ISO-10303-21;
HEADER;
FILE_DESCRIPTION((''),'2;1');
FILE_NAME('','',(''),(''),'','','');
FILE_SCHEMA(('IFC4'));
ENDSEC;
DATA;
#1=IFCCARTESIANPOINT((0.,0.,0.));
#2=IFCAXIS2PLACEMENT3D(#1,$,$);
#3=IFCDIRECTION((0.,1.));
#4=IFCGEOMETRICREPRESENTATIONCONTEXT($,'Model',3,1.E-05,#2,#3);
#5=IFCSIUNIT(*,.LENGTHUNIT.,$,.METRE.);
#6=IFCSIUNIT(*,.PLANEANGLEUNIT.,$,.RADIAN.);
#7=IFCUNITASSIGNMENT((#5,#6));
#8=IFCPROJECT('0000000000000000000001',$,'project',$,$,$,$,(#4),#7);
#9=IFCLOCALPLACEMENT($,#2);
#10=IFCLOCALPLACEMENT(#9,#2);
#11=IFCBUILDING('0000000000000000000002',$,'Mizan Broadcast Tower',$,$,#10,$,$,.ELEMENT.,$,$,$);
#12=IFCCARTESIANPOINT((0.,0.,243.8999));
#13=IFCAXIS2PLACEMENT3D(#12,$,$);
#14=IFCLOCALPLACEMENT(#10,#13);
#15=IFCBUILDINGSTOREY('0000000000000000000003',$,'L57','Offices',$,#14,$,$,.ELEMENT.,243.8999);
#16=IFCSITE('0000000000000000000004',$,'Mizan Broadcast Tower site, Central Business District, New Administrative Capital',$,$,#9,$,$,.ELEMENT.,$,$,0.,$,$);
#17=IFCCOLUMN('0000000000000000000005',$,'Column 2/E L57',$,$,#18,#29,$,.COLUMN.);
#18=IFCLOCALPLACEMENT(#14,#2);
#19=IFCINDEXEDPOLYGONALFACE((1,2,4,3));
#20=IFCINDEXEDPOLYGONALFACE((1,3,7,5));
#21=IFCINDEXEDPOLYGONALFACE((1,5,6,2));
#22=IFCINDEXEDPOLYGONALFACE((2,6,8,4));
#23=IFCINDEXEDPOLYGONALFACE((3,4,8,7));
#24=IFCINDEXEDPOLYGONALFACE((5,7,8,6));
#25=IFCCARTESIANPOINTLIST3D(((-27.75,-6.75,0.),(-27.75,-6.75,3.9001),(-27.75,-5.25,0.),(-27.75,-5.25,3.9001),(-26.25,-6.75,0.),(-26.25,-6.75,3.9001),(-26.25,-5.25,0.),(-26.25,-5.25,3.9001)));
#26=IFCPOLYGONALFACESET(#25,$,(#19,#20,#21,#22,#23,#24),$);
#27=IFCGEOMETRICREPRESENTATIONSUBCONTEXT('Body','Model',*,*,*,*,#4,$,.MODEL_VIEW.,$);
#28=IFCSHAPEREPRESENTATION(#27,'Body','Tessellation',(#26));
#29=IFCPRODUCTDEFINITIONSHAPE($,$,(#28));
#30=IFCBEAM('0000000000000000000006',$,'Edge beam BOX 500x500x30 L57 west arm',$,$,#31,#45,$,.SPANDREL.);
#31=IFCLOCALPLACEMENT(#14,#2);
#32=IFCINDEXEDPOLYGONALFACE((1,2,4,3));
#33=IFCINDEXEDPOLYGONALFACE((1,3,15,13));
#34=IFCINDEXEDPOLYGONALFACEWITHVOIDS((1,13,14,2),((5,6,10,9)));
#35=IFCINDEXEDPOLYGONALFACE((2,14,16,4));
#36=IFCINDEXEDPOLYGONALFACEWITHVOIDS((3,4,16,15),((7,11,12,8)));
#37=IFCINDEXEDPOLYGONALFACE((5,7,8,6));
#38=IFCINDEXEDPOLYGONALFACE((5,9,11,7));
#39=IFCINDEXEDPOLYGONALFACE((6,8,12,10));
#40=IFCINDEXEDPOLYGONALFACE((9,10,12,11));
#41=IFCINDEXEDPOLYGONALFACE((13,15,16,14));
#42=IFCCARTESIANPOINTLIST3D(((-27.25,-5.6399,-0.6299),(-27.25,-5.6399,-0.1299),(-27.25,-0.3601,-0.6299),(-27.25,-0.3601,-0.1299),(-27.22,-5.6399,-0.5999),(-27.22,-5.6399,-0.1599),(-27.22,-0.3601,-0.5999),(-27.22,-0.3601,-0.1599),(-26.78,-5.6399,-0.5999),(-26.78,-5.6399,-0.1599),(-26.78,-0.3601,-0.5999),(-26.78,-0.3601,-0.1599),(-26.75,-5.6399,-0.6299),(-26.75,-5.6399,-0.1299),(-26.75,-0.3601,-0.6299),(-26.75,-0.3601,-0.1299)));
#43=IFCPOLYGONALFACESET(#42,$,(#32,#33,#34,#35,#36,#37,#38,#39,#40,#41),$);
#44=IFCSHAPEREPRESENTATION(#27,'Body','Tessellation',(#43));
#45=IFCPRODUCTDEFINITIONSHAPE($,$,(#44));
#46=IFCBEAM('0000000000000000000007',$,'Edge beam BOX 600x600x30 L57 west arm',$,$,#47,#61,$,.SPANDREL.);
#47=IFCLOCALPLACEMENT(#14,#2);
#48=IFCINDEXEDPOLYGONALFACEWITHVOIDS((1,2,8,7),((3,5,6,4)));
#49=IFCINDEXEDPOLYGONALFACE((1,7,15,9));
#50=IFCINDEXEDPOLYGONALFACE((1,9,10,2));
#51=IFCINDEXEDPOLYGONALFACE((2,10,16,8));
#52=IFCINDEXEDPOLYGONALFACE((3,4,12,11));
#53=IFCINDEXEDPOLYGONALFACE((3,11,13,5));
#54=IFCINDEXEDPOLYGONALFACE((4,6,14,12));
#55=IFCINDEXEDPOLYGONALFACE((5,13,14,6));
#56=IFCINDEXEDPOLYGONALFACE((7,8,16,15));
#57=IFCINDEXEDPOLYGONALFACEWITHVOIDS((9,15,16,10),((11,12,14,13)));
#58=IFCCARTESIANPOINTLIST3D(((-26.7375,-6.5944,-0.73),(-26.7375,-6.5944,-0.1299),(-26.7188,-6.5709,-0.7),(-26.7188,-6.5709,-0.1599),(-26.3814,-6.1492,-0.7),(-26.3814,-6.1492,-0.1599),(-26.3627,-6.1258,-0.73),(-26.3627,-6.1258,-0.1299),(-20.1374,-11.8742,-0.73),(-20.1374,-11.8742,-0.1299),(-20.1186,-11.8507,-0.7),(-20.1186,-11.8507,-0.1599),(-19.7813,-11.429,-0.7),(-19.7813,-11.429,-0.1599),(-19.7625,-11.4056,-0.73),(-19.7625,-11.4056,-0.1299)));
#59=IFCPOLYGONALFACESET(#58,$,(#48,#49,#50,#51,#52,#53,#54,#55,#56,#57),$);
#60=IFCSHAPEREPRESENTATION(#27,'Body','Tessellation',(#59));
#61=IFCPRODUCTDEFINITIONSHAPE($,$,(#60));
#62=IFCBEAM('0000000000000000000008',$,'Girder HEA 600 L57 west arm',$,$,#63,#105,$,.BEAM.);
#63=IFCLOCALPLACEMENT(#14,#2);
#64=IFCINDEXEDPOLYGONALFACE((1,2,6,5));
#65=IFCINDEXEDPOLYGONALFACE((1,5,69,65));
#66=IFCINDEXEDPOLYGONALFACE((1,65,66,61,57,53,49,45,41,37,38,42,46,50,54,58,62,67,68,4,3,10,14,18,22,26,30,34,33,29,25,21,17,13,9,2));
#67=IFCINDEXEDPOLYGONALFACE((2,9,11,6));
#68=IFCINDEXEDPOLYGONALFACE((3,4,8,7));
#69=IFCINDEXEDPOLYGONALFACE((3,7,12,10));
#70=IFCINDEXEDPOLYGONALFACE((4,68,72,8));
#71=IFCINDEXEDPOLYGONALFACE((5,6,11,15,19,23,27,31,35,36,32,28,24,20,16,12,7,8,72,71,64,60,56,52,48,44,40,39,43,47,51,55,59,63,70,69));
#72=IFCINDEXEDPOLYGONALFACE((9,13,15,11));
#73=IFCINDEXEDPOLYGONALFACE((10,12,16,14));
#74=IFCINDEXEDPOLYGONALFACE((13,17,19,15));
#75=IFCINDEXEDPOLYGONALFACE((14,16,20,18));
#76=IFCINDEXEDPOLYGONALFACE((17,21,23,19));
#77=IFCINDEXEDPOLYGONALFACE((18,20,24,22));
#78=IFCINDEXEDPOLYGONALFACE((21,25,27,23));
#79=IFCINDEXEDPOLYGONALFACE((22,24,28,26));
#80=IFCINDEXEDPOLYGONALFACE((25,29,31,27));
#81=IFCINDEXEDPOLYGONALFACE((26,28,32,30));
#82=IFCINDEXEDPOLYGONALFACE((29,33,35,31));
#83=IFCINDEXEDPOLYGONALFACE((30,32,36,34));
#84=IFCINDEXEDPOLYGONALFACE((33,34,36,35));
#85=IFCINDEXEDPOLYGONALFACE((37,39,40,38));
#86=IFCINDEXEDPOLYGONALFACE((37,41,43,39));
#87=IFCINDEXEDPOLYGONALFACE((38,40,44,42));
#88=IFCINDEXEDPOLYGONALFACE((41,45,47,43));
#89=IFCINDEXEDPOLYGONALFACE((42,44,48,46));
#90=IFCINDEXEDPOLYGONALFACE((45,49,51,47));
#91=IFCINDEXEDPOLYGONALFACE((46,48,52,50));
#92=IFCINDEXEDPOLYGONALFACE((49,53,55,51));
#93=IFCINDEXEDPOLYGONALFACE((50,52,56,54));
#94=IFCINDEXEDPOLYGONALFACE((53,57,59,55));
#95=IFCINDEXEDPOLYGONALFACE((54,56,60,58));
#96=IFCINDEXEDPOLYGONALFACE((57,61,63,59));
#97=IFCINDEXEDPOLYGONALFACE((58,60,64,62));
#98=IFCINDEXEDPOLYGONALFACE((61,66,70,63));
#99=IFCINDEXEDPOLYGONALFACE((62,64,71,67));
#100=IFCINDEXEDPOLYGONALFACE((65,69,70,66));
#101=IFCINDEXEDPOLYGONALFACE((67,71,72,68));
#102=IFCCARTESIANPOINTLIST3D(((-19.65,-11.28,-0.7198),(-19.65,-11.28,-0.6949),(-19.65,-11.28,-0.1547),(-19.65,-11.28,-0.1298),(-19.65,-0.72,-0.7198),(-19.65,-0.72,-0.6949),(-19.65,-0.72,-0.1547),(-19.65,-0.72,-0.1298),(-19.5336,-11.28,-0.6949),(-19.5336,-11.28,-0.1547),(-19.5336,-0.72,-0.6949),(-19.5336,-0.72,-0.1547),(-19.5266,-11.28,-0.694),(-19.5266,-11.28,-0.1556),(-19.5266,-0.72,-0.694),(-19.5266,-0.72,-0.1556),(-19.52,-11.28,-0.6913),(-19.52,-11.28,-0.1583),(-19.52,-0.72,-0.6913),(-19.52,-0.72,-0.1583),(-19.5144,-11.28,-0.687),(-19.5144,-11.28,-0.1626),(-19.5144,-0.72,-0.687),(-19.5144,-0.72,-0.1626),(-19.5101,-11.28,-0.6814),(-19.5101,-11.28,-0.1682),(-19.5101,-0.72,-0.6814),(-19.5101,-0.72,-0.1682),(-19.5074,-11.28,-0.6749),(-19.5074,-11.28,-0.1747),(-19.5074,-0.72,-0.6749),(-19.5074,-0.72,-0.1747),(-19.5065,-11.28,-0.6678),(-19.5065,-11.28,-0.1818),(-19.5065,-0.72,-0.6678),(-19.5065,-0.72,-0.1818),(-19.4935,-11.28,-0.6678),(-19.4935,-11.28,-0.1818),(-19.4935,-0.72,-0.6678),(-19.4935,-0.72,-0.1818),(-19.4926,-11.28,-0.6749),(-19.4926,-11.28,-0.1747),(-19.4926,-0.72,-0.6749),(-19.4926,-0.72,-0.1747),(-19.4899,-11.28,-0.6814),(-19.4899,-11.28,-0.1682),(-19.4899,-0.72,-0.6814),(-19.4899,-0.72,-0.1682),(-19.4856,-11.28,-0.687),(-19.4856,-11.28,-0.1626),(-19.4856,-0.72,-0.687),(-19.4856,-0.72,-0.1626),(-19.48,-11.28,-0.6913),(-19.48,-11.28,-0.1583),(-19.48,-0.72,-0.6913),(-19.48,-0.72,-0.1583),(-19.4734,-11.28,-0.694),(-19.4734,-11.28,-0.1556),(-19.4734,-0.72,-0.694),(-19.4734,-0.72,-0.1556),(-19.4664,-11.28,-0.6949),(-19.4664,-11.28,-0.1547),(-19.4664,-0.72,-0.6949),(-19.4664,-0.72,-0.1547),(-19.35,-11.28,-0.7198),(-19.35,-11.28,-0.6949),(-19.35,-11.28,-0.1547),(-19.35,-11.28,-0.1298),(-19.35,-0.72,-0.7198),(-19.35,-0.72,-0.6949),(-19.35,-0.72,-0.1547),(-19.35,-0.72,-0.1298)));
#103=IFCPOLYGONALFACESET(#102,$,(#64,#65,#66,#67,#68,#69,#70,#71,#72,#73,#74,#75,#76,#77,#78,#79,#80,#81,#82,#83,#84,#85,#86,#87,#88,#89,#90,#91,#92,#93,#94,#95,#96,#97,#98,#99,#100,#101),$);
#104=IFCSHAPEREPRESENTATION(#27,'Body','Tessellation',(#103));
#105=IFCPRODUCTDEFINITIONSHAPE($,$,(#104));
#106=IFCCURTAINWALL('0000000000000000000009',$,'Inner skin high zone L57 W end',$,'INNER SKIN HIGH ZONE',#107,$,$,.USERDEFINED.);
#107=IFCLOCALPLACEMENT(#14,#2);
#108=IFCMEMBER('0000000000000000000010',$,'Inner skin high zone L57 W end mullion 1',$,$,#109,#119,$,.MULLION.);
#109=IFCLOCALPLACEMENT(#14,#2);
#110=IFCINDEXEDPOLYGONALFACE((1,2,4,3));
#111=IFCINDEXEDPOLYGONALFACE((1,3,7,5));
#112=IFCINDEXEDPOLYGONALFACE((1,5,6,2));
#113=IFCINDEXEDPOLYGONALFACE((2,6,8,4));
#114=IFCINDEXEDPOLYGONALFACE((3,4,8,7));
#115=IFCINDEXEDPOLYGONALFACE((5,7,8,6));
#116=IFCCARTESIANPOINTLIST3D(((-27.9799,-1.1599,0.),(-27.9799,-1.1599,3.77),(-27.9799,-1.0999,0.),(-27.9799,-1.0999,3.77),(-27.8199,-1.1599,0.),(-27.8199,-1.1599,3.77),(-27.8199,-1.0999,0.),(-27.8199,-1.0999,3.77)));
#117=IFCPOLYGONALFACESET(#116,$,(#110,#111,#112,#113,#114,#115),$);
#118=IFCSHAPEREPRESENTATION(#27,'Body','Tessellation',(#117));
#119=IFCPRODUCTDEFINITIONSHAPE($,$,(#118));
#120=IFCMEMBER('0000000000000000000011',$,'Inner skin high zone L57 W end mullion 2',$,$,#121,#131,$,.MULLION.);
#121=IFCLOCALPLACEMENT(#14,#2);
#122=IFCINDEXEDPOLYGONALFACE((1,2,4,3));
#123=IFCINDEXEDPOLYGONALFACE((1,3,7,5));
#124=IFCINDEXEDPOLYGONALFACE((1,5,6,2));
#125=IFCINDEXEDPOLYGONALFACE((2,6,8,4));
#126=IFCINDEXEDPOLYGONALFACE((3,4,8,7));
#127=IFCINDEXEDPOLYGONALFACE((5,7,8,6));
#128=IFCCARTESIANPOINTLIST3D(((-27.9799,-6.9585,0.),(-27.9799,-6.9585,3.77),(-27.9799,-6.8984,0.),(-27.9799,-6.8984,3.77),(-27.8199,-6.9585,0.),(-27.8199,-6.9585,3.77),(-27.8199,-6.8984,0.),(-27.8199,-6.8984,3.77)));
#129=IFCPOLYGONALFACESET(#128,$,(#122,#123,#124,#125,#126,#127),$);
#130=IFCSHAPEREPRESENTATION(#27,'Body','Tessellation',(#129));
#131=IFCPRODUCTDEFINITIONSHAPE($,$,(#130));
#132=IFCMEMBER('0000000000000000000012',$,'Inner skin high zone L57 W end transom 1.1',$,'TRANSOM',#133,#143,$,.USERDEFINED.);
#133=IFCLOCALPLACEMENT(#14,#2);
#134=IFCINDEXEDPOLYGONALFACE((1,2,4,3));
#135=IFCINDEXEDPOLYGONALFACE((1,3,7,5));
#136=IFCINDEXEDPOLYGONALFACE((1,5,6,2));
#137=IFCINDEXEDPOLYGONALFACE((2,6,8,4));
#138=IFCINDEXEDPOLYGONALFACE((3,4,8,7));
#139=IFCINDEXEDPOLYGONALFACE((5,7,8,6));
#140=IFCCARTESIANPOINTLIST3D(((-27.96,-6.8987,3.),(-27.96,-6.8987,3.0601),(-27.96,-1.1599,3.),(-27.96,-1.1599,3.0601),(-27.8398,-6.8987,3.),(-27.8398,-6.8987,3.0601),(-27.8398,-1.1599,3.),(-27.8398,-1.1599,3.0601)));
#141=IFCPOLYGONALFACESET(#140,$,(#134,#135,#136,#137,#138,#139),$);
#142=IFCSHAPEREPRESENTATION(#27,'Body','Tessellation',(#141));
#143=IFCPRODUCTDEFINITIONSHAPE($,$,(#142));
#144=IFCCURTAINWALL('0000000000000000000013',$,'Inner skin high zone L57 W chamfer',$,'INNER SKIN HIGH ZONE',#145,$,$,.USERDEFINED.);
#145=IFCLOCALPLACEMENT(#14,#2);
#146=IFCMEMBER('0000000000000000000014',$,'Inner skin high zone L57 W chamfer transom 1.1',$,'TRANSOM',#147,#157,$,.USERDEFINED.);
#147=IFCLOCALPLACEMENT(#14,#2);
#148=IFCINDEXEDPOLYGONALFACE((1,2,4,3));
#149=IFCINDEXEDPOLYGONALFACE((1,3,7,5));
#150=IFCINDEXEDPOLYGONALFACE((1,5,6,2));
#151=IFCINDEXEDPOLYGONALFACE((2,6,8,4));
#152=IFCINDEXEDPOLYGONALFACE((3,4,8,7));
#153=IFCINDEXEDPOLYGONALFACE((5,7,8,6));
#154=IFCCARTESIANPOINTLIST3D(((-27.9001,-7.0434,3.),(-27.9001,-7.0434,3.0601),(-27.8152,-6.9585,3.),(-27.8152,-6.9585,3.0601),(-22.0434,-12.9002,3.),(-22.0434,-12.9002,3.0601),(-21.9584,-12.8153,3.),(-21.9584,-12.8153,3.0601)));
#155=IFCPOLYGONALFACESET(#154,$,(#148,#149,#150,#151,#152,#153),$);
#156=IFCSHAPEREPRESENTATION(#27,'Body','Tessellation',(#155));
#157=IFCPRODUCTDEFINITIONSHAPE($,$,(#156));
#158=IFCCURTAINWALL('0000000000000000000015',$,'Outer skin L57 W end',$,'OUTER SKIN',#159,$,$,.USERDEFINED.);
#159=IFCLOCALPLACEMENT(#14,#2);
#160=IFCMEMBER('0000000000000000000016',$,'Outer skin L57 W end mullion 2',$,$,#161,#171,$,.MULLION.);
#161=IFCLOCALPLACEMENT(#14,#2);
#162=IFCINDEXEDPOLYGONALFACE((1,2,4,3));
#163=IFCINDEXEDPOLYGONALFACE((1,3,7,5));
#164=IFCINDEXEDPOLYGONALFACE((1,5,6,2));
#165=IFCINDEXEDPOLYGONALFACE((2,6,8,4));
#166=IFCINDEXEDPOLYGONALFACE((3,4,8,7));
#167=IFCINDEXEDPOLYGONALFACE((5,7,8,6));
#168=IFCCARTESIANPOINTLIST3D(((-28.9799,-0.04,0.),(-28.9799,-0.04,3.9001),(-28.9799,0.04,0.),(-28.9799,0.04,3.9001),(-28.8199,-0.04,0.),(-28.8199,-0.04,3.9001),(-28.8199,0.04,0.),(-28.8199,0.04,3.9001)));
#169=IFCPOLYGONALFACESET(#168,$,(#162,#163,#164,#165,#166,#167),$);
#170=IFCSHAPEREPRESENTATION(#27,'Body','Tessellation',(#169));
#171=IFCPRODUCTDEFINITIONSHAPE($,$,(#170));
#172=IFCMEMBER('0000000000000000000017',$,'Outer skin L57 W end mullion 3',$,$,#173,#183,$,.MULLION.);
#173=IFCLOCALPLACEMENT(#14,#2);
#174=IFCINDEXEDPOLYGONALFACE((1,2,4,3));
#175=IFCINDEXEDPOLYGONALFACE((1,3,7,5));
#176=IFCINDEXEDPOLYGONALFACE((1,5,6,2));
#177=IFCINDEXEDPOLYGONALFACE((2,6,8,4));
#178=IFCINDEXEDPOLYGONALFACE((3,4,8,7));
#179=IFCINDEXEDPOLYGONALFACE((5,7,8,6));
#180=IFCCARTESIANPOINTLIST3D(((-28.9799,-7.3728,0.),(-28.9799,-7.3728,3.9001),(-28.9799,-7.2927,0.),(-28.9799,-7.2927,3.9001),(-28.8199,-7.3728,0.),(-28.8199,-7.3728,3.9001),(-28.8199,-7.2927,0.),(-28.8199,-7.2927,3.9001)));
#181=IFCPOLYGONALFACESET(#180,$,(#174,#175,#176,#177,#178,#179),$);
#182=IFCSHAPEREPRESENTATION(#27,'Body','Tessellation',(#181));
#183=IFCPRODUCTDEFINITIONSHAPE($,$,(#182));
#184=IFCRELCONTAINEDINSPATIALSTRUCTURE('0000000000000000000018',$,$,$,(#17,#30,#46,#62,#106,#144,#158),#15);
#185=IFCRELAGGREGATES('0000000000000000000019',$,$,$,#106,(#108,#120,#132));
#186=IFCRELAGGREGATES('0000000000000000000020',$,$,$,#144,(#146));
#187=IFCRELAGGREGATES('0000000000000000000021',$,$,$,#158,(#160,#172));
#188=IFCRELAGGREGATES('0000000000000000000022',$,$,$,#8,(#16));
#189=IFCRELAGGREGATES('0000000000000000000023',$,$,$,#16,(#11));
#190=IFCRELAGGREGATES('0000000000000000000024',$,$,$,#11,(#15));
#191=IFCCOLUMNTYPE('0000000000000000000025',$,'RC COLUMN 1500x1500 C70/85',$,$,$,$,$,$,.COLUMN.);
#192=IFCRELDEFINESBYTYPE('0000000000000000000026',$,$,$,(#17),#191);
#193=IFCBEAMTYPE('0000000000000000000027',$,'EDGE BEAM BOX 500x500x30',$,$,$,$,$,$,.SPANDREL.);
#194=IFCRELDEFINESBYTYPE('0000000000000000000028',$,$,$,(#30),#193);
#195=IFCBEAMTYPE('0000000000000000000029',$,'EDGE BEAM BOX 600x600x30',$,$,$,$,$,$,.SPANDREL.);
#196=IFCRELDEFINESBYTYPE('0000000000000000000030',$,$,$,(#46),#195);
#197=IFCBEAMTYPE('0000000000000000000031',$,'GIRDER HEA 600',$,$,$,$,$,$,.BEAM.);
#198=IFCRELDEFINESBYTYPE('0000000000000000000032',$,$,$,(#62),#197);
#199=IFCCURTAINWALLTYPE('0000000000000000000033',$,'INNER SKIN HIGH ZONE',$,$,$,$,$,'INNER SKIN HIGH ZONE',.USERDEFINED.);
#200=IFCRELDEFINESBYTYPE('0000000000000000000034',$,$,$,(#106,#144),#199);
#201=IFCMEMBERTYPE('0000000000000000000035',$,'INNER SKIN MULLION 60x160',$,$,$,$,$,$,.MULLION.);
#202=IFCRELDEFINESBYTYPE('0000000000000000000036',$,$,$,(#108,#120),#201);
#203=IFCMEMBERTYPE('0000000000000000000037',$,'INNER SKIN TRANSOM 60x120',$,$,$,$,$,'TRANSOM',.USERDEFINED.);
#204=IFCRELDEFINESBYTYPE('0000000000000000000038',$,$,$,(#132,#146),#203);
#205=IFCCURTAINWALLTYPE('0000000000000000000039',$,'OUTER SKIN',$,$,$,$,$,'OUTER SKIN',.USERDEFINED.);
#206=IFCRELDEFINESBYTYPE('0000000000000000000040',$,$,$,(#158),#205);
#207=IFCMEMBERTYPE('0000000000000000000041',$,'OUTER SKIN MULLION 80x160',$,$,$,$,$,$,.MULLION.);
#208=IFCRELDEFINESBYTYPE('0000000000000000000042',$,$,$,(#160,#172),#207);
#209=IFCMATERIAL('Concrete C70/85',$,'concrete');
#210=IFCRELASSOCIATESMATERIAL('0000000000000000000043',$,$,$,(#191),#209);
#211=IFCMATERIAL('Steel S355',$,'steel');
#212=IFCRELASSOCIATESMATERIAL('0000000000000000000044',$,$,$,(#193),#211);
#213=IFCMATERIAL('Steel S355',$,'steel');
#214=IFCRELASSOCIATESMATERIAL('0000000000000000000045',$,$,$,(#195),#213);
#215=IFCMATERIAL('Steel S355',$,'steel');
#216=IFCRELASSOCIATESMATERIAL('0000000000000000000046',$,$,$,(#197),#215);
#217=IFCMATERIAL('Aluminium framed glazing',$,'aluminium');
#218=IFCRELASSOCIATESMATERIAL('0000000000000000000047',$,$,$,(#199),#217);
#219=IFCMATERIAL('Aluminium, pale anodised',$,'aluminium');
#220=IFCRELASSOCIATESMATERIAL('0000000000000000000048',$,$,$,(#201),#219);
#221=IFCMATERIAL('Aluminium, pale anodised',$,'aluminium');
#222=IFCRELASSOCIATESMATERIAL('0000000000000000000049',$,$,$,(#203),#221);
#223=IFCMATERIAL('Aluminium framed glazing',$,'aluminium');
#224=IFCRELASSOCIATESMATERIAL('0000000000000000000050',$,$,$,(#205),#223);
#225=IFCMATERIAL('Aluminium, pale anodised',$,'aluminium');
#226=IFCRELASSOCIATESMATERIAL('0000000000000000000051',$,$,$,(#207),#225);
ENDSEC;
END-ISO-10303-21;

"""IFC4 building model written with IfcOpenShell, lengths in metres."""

from ifc_helpers import new_model, si_unit, direction, frame, origin, origin_2d, place, context, subcontext, project, spatial, rectangle, hollow_rectangle, i_section, extrude, material, material_profile, profile_set, type_object, element, aggregate, save


model = new_model("IFC4")

# Units and contexts
model_context = context("Model", 3, precision=1e-05, world=origin(), true_north=direction((0.0, 1.0)))
body_context = subcontext(model_context, "Body", "Model", "MODEL_VIEW")
ifc_project = project(units=[si_unit("LENGTHUNIT", "METRE"), si_unit("PLANEANGLEUNIT", "RADIAN")], contexts=[model_context])

# Site, building, storey
site_placement = place(None, origin())
site = spatial("IfcSite", under=ifc_project, at=site_placement, Name="Mizan Broadcast Tower site, Central Business District, New Administrative Capital", CompositionType="ELEMENT", RefElevation=0.0)
building_placement = place(site_placement, origin())
building = spatial("IfcBuilding", under=site, at=building_placement, Name="Mizan Broadcast Tower", CompositionType="ELEMENT")
storey_placement = place(building_placement, frame((0.0, 0.0, 243.8999)))
storey = spatial("IfcBuildingStorey", under=building, at=storey_placement, Name="L57", Description="Offices", CompositionType="ELEMENT", Elevation=243.8999)

# Column
ifc_material_1 = material(Name="Concrete C70/85", Category="concrete")
ifc_material_profile_1 = material_profile(ifc_material_1, rectangle(XDim=1.5, YDim=1.5, at=origin_2d()), Name="RC 1500x1500")
ifc_profile_set_1 = profile_set([ifc_material_profile_1], Name="Concrete C70/85")
column_type = type_object("IfcColumnType", Name="RC COLUMN 1500x1500 C70/85", PredefinedType="COLUMN", material=ifc_profile_set_1)
column_placement = place(storey_placement, frame((-27.0, -6.0, 0.0), z_axis=(0.0, 0.0, 1.0), x_axis=(1.0, 0.0, 0.0)))
element("IfcColumn", 1, at=column_placement, inside=storey, type_object=column_type, Name="Column 2/E L57", PredefinedType="COLUMN", context=body_context, shape_type="SweptSolid", body=[
    extrude(rectangle(XDim=1.5, YDim=1.5, at=origin_2d()), origin(), (0.0, 0.0, 1.0), 3.9001),
])

# Beams
ifc_material_2 = material(Name="Steel S355", Category="steel")
ifc_material_profile_2 = material_profile(ifc_material_2, hollow_rectangle(XDim=0.5, YDim=0.5, WallThickness=0.03, at=origin_2d()), Name="BOX 500x500x30")
ifc_profile_set_2 = profile_set([ifc_material_profile_2], Name="Steel S355")
beam_type_1 = type_object("IfcBeamType", Name="EDGE BEAM BOX 500x500x30", PredefinedType="SPANDREL", material=ifc_profile_set_2)
beam_1_placement = place(storey_placement, frame((-27.0, -5.6399, -0.3799), z_axis=(0.0, 1.0, 0.0), x_axis=(-1.0, 0.0, 0.0)))
element("IfcBeam", 2, at=beam_1_placement, inside=storey, type_object=beam_type_1, Name="Edge beam BOX 500x500x30 L57 west arm", PredefinedType="SPANDREL", context=body_context, shape_type="SweptSolid", body=[
    extrude(hollow_rectangle(XDim=0.5, YDim=0.5, WallThickness=0.03, at=origin_2d()), origin(), (0.0, 0.0, 1.0), 5.2798),
])
ifc_material_3 = material(Name="Steel S355", Category="steel")
ifc_material_profile_3 = material_profile(ifc_material_3, hollow_rectangle(XDim=0.6001, YDim=0.6001, WallThickness=0.03, at=origin_2d()), Name="BOX 600x600x30")
ifc_profile_set_3 = profile_set([ifc_material_profile_3], Name="Steel S355")
beam_type_2 = type_object("IfcBeamType", Name="EDGE BEAM BOX 600x600x30", PredefinedType="SPANDREL", material=ifc_profile_set_3)
beam_2_placement = place(storey_placement, frame((-19.95, -11.6399, -0.4299), z_axis=(-0.780886, 0.624674, 0.0), x_axis=(-0.624674, -0.780886, 0.0)))
element("IfcBeam", 3, at=beam_2_placement, inside=storey, type_object=beam_type_2, Name="Edge beam BOX 600x600x30 L57 west arm", PredefinedType="SPANDREL", context=body_context, shape_type="SweptSolid", body=[
    extrude(hollow_rectangle(XDim=0.6001, YDim=0.6001, WallThickness=0.03, at=origin_2d()), origin(), (0.0, 0.0, 1.0), 8.4521),
])
ifc_material_4 = material(Name="Steel S355", Category="steel")
ifc_material_profile_4 = material_profile(ifc_material_4, i_section(OverallWidth=0.3, OverallDepth=0.5901, WebThickness=0.0129, FlangeThickness=0.0249, FilletRadius=0.0271, at=origin_2d()), Name="HEA 600")
ifc_profile_set_4 = profile_set([ifc_material_profile_4], Name="Steel S355")
beam_type_3 = type_object("IfcBeamType", Name="GIRDER HEA 600", PredefinedType="BEAM", material=ifc_profile_set_4)
beam_3_placement = place(storey_placement, frame((-19.5, -11.28, -0.4248), z_axis=(0.0, 1.0, 0.0), x_axis=(-1.0, 0.0, 0.0)))
element("IfcBeam", 4, at=beam_3_placement, inside=storey, type_object=beam_type_3, Name="Girder HEA 600 L57 west arm", PredefinedType="BEAM", context=body_context, shape_type="SweptSolid", body=[
    extrude(i_section(OverallWidth=0.3, OverallDepth=0.5901, WebThickness=0.0129, FlangeThickness=0.0249, FilletRadius=0.0271, at=origin_2d()), origin(), (0.0, 0.0, 1.0), 10.5601),
])

# Curtain wall, members
ifc_material_5 = material(Name="Aluminium framed glazing", Category="aluminium")
curtain_wall_type_1 = type_object("IfcCurtainWallType", Name="INNER SKIN HIGH ZONE", ElementType="INNER SKIN HIGH ZONE", PredefinedType="USERDEFINED", material=ifc_material_5)
curtain_wall_1_placement = place(storey_placement, origin())
curtain_wall_1 = element("IfcCurtainWall", 5, at=curtain_wall_1_placement, inside=storey, type_object=curtain_wall_type_1, Name="Inner skin high zone L57 W end", ObjectType="INNER SKIN HIGH ZONE", PredefinedType="USERDEFINED")
ifc_material_6 = material(Name="Aluminium, pale anodised", Category="aluminium")
ifc_material_profile_5 = material_profile(ifc_material_6, rectangle(XDim=0.1599, YDim=0.0601, at=origin_2d()), Name="MULLION 160x60")
ifc_profile_set_5 = profile_set([ifc_material_profile_5], Name="Aluminium, pale anodised")
member_type_1 = type_object("IfcMemberType", Name="INNER SKIN MULLION 60x160", PredefinedType="MULLION", material=ifc_profile_set_5)
member_1_placement = place(storey_placement, frame((-27.8999, -1.1299, 0.0), z_axis=(0.0, 0.0, 1.0), x_axis=(1.0, 0.0, 0.0)))
member_1 = element("IfcMember", 6, at=member_1_placement, type_object=member_type_1, Name="Inner skin high zone L57 W end mullion 1", PredefinedType="MULLION", context=body_context, shape_type="SweptSolid", body=[
    extrude(rectangle(XDim=0.1599, YDim=0.0601, at=origin_2d()), origin(), (0.0, 0.0, 1.0), 3.77),
])
member_2_placement = place(storey_placement, frame((-27.8999, -6.9285, 0.0), z_axis=(0.0, 0.0, 1.0), x_axis=(1.0, 0.0, 0.0)))
member_2 = element("IfcMember", 7, at=member_2_placement, type_object=member_type_1, Name="Inner skin high zone L57 W end mullion 2", PredefinedType="MULLION", context=body_context, shape_type="SweptSolid", body=[
    extrude(rectangle(XDim=0.1599, YDim=0.0601, at=origin_2d()), origin(), (0.0, 0.0, 1.0), 3.77),
])
ifc_material_7 = material(Name="Aluminium, pale anodised", Category="aluminium")
ifc_material_profile_6 = material_profile(ifc_material_7, rectangle(XDim=0.1201, YDim=0.0601, at=origin_2d()), Name="TRANSOM 120x60")
ifc_profile_set_6 = profile_set([ifc_material_profile_6], Name="Aluminium, pale anodised")
member_type_2 = type_object("IfcMemberType", Name="INNER SKIN TRANSOM 60x120", ElementType="TRANSOM", PredefinedType="USERDEFINED", material=ifc_profile_set_6)
member_3_placement = place(storey_placement, frame((-27.8999, -1.1599, 3.03), z_axis=(0.0, -1.0, 0.0), x_axis=(1.0, 0.0, 0.0)))
member_3 = element("IfcMember", 8, at=member_3_placement, type_object=member_type_2, Name="Inner skin high zone L57 W end transom 1.1", ObjectType="TRANSOM", PredefinedType="USERDEFINED", context=body_context, shape_type="SweptSolid", body=[
    extrude(rectangle(XDim=0.1201, YDim=0.0601, at=origin_2d()), origin(), (0.0, 0.0, 1.0), 5.7388),
])

# Curtain wall, member
curtain_wall_2_placement = place(storey_placement, origin())
curtain_wall_2 = element("IfcCurtainWall", 9, at=curtain_wall_2_placement, inside=storey, type_object=curtain_wall_type_1, Name="Inner skin high zone L57 W chamfer", ObjectType="INNER SKIN HIGH ZONE", PredefinedType="USERDEFINED")
member_4_placement = place(storey_placement, frame((-27.8577, -7.001, 3.03), z_axis=(0.707107, -0.707107, 0.0), x_axis=(0.707107, 0.707107, 0.0)))
member_4 = element("IfcMember", 10, at=member_4_placement, type_object=member_type_2, Name="Inner skin high zone L57 W chamfer transom 1.1", ObjectType="TRANSOM", PredefinedType="USERDEFINED", context=body_context, shape_type="SweptSolid", body=[
    extrude(rectangle(XDim=0.1201, YDim=0.0601, at=origin_2d()), origin(), (0.0, 0.0, 1.0), 8.2827),
])

# Curtain wall, members
ifc_material_8 = material(Name="Aluminium framed glazing", Category="aluminium")
curtain_wall_type_2 = type_object("IfcCurtainWallType", Name="OUTER SKIN", ElementType="OUTER SKIN", PredefinedType="USERDEFINED", material=ifc_material_8)
curtain_wall_3_placement = place(storey_placement, origin())
curtain_wall_3 = element("IfcCurtainWall", 11, at=curtain_wall_3_placement, inside=storey, type_object=curtain_wall_type_2, Name="Outer skin L57 W end", ObjectType="OUTER SKIN", PredefinedType="USERDEFINED")
ifc_material_9 = material(Name="Aluminium, pale anodised", Category="aluminium")
ifc_material_profile_7 = material_profile(ifc_material_9, rectangle(XDim=0.1599, YDim=0.0801, at=origin_2d()), Name="MULLION 160x80")
ifc_profile_set_7 = profile_set([ifc_material_profile_7], Name="Aluminium, pale anodised")
member_type_3 = type_object("IfcMemberType", Name="OUTER SKIN MULLION 80x160", PredefinedType="MULLION", material=ifc_profile_set_7)
member_5_placement = place(storey_placement, frame((-28.8999, 0.0, 0.0), z_axis=(0.0, 0.0, 1.0), x_axis=(1.0, 0.0, 0.0)))
member_5 = element("IfcMember", 12, at=member_5_placement, type_object=member_type_3, Name="Outer skin L57 W end mullion 2", PredefinedType="MULLION", context=body_context, shape_type="SweptSolid", body=[
    extrude(rectangle(XDim=0.1599, YDim=0.0801, at=origin_2d()), origin(), (0.0, 0.0, 1.0), 3.9001),
])
member_6_placement = place(storey_placement, frame((-28.8999, -7.3328, 0.0), z_axis=(0.0, 0.0, 1.0), x_axis=(1.0, 0.0, 0.0)))
member_6 = element("IfcMember", 13, at=member_6_placement, type_object=member_type_3, Name="Outer skin L57 W end mullion 3", PredefinedType="MULLION", context=body_context, shape_type="SweptSolid", body=[
    extrude(rectangle(XDim=0.1599, YDim=0.0801, at=origin_2d()), origin(), (0.0, 0.0, 1.0), 3.9001),
])

aggregate(curtain_wall_1, [member_1, member_2, member_3])
aggregate(curtain_wall_2, [member_4])
aggregate(curtain_wall_3, [member_5, member_6])

save(model, "model.ifc")
